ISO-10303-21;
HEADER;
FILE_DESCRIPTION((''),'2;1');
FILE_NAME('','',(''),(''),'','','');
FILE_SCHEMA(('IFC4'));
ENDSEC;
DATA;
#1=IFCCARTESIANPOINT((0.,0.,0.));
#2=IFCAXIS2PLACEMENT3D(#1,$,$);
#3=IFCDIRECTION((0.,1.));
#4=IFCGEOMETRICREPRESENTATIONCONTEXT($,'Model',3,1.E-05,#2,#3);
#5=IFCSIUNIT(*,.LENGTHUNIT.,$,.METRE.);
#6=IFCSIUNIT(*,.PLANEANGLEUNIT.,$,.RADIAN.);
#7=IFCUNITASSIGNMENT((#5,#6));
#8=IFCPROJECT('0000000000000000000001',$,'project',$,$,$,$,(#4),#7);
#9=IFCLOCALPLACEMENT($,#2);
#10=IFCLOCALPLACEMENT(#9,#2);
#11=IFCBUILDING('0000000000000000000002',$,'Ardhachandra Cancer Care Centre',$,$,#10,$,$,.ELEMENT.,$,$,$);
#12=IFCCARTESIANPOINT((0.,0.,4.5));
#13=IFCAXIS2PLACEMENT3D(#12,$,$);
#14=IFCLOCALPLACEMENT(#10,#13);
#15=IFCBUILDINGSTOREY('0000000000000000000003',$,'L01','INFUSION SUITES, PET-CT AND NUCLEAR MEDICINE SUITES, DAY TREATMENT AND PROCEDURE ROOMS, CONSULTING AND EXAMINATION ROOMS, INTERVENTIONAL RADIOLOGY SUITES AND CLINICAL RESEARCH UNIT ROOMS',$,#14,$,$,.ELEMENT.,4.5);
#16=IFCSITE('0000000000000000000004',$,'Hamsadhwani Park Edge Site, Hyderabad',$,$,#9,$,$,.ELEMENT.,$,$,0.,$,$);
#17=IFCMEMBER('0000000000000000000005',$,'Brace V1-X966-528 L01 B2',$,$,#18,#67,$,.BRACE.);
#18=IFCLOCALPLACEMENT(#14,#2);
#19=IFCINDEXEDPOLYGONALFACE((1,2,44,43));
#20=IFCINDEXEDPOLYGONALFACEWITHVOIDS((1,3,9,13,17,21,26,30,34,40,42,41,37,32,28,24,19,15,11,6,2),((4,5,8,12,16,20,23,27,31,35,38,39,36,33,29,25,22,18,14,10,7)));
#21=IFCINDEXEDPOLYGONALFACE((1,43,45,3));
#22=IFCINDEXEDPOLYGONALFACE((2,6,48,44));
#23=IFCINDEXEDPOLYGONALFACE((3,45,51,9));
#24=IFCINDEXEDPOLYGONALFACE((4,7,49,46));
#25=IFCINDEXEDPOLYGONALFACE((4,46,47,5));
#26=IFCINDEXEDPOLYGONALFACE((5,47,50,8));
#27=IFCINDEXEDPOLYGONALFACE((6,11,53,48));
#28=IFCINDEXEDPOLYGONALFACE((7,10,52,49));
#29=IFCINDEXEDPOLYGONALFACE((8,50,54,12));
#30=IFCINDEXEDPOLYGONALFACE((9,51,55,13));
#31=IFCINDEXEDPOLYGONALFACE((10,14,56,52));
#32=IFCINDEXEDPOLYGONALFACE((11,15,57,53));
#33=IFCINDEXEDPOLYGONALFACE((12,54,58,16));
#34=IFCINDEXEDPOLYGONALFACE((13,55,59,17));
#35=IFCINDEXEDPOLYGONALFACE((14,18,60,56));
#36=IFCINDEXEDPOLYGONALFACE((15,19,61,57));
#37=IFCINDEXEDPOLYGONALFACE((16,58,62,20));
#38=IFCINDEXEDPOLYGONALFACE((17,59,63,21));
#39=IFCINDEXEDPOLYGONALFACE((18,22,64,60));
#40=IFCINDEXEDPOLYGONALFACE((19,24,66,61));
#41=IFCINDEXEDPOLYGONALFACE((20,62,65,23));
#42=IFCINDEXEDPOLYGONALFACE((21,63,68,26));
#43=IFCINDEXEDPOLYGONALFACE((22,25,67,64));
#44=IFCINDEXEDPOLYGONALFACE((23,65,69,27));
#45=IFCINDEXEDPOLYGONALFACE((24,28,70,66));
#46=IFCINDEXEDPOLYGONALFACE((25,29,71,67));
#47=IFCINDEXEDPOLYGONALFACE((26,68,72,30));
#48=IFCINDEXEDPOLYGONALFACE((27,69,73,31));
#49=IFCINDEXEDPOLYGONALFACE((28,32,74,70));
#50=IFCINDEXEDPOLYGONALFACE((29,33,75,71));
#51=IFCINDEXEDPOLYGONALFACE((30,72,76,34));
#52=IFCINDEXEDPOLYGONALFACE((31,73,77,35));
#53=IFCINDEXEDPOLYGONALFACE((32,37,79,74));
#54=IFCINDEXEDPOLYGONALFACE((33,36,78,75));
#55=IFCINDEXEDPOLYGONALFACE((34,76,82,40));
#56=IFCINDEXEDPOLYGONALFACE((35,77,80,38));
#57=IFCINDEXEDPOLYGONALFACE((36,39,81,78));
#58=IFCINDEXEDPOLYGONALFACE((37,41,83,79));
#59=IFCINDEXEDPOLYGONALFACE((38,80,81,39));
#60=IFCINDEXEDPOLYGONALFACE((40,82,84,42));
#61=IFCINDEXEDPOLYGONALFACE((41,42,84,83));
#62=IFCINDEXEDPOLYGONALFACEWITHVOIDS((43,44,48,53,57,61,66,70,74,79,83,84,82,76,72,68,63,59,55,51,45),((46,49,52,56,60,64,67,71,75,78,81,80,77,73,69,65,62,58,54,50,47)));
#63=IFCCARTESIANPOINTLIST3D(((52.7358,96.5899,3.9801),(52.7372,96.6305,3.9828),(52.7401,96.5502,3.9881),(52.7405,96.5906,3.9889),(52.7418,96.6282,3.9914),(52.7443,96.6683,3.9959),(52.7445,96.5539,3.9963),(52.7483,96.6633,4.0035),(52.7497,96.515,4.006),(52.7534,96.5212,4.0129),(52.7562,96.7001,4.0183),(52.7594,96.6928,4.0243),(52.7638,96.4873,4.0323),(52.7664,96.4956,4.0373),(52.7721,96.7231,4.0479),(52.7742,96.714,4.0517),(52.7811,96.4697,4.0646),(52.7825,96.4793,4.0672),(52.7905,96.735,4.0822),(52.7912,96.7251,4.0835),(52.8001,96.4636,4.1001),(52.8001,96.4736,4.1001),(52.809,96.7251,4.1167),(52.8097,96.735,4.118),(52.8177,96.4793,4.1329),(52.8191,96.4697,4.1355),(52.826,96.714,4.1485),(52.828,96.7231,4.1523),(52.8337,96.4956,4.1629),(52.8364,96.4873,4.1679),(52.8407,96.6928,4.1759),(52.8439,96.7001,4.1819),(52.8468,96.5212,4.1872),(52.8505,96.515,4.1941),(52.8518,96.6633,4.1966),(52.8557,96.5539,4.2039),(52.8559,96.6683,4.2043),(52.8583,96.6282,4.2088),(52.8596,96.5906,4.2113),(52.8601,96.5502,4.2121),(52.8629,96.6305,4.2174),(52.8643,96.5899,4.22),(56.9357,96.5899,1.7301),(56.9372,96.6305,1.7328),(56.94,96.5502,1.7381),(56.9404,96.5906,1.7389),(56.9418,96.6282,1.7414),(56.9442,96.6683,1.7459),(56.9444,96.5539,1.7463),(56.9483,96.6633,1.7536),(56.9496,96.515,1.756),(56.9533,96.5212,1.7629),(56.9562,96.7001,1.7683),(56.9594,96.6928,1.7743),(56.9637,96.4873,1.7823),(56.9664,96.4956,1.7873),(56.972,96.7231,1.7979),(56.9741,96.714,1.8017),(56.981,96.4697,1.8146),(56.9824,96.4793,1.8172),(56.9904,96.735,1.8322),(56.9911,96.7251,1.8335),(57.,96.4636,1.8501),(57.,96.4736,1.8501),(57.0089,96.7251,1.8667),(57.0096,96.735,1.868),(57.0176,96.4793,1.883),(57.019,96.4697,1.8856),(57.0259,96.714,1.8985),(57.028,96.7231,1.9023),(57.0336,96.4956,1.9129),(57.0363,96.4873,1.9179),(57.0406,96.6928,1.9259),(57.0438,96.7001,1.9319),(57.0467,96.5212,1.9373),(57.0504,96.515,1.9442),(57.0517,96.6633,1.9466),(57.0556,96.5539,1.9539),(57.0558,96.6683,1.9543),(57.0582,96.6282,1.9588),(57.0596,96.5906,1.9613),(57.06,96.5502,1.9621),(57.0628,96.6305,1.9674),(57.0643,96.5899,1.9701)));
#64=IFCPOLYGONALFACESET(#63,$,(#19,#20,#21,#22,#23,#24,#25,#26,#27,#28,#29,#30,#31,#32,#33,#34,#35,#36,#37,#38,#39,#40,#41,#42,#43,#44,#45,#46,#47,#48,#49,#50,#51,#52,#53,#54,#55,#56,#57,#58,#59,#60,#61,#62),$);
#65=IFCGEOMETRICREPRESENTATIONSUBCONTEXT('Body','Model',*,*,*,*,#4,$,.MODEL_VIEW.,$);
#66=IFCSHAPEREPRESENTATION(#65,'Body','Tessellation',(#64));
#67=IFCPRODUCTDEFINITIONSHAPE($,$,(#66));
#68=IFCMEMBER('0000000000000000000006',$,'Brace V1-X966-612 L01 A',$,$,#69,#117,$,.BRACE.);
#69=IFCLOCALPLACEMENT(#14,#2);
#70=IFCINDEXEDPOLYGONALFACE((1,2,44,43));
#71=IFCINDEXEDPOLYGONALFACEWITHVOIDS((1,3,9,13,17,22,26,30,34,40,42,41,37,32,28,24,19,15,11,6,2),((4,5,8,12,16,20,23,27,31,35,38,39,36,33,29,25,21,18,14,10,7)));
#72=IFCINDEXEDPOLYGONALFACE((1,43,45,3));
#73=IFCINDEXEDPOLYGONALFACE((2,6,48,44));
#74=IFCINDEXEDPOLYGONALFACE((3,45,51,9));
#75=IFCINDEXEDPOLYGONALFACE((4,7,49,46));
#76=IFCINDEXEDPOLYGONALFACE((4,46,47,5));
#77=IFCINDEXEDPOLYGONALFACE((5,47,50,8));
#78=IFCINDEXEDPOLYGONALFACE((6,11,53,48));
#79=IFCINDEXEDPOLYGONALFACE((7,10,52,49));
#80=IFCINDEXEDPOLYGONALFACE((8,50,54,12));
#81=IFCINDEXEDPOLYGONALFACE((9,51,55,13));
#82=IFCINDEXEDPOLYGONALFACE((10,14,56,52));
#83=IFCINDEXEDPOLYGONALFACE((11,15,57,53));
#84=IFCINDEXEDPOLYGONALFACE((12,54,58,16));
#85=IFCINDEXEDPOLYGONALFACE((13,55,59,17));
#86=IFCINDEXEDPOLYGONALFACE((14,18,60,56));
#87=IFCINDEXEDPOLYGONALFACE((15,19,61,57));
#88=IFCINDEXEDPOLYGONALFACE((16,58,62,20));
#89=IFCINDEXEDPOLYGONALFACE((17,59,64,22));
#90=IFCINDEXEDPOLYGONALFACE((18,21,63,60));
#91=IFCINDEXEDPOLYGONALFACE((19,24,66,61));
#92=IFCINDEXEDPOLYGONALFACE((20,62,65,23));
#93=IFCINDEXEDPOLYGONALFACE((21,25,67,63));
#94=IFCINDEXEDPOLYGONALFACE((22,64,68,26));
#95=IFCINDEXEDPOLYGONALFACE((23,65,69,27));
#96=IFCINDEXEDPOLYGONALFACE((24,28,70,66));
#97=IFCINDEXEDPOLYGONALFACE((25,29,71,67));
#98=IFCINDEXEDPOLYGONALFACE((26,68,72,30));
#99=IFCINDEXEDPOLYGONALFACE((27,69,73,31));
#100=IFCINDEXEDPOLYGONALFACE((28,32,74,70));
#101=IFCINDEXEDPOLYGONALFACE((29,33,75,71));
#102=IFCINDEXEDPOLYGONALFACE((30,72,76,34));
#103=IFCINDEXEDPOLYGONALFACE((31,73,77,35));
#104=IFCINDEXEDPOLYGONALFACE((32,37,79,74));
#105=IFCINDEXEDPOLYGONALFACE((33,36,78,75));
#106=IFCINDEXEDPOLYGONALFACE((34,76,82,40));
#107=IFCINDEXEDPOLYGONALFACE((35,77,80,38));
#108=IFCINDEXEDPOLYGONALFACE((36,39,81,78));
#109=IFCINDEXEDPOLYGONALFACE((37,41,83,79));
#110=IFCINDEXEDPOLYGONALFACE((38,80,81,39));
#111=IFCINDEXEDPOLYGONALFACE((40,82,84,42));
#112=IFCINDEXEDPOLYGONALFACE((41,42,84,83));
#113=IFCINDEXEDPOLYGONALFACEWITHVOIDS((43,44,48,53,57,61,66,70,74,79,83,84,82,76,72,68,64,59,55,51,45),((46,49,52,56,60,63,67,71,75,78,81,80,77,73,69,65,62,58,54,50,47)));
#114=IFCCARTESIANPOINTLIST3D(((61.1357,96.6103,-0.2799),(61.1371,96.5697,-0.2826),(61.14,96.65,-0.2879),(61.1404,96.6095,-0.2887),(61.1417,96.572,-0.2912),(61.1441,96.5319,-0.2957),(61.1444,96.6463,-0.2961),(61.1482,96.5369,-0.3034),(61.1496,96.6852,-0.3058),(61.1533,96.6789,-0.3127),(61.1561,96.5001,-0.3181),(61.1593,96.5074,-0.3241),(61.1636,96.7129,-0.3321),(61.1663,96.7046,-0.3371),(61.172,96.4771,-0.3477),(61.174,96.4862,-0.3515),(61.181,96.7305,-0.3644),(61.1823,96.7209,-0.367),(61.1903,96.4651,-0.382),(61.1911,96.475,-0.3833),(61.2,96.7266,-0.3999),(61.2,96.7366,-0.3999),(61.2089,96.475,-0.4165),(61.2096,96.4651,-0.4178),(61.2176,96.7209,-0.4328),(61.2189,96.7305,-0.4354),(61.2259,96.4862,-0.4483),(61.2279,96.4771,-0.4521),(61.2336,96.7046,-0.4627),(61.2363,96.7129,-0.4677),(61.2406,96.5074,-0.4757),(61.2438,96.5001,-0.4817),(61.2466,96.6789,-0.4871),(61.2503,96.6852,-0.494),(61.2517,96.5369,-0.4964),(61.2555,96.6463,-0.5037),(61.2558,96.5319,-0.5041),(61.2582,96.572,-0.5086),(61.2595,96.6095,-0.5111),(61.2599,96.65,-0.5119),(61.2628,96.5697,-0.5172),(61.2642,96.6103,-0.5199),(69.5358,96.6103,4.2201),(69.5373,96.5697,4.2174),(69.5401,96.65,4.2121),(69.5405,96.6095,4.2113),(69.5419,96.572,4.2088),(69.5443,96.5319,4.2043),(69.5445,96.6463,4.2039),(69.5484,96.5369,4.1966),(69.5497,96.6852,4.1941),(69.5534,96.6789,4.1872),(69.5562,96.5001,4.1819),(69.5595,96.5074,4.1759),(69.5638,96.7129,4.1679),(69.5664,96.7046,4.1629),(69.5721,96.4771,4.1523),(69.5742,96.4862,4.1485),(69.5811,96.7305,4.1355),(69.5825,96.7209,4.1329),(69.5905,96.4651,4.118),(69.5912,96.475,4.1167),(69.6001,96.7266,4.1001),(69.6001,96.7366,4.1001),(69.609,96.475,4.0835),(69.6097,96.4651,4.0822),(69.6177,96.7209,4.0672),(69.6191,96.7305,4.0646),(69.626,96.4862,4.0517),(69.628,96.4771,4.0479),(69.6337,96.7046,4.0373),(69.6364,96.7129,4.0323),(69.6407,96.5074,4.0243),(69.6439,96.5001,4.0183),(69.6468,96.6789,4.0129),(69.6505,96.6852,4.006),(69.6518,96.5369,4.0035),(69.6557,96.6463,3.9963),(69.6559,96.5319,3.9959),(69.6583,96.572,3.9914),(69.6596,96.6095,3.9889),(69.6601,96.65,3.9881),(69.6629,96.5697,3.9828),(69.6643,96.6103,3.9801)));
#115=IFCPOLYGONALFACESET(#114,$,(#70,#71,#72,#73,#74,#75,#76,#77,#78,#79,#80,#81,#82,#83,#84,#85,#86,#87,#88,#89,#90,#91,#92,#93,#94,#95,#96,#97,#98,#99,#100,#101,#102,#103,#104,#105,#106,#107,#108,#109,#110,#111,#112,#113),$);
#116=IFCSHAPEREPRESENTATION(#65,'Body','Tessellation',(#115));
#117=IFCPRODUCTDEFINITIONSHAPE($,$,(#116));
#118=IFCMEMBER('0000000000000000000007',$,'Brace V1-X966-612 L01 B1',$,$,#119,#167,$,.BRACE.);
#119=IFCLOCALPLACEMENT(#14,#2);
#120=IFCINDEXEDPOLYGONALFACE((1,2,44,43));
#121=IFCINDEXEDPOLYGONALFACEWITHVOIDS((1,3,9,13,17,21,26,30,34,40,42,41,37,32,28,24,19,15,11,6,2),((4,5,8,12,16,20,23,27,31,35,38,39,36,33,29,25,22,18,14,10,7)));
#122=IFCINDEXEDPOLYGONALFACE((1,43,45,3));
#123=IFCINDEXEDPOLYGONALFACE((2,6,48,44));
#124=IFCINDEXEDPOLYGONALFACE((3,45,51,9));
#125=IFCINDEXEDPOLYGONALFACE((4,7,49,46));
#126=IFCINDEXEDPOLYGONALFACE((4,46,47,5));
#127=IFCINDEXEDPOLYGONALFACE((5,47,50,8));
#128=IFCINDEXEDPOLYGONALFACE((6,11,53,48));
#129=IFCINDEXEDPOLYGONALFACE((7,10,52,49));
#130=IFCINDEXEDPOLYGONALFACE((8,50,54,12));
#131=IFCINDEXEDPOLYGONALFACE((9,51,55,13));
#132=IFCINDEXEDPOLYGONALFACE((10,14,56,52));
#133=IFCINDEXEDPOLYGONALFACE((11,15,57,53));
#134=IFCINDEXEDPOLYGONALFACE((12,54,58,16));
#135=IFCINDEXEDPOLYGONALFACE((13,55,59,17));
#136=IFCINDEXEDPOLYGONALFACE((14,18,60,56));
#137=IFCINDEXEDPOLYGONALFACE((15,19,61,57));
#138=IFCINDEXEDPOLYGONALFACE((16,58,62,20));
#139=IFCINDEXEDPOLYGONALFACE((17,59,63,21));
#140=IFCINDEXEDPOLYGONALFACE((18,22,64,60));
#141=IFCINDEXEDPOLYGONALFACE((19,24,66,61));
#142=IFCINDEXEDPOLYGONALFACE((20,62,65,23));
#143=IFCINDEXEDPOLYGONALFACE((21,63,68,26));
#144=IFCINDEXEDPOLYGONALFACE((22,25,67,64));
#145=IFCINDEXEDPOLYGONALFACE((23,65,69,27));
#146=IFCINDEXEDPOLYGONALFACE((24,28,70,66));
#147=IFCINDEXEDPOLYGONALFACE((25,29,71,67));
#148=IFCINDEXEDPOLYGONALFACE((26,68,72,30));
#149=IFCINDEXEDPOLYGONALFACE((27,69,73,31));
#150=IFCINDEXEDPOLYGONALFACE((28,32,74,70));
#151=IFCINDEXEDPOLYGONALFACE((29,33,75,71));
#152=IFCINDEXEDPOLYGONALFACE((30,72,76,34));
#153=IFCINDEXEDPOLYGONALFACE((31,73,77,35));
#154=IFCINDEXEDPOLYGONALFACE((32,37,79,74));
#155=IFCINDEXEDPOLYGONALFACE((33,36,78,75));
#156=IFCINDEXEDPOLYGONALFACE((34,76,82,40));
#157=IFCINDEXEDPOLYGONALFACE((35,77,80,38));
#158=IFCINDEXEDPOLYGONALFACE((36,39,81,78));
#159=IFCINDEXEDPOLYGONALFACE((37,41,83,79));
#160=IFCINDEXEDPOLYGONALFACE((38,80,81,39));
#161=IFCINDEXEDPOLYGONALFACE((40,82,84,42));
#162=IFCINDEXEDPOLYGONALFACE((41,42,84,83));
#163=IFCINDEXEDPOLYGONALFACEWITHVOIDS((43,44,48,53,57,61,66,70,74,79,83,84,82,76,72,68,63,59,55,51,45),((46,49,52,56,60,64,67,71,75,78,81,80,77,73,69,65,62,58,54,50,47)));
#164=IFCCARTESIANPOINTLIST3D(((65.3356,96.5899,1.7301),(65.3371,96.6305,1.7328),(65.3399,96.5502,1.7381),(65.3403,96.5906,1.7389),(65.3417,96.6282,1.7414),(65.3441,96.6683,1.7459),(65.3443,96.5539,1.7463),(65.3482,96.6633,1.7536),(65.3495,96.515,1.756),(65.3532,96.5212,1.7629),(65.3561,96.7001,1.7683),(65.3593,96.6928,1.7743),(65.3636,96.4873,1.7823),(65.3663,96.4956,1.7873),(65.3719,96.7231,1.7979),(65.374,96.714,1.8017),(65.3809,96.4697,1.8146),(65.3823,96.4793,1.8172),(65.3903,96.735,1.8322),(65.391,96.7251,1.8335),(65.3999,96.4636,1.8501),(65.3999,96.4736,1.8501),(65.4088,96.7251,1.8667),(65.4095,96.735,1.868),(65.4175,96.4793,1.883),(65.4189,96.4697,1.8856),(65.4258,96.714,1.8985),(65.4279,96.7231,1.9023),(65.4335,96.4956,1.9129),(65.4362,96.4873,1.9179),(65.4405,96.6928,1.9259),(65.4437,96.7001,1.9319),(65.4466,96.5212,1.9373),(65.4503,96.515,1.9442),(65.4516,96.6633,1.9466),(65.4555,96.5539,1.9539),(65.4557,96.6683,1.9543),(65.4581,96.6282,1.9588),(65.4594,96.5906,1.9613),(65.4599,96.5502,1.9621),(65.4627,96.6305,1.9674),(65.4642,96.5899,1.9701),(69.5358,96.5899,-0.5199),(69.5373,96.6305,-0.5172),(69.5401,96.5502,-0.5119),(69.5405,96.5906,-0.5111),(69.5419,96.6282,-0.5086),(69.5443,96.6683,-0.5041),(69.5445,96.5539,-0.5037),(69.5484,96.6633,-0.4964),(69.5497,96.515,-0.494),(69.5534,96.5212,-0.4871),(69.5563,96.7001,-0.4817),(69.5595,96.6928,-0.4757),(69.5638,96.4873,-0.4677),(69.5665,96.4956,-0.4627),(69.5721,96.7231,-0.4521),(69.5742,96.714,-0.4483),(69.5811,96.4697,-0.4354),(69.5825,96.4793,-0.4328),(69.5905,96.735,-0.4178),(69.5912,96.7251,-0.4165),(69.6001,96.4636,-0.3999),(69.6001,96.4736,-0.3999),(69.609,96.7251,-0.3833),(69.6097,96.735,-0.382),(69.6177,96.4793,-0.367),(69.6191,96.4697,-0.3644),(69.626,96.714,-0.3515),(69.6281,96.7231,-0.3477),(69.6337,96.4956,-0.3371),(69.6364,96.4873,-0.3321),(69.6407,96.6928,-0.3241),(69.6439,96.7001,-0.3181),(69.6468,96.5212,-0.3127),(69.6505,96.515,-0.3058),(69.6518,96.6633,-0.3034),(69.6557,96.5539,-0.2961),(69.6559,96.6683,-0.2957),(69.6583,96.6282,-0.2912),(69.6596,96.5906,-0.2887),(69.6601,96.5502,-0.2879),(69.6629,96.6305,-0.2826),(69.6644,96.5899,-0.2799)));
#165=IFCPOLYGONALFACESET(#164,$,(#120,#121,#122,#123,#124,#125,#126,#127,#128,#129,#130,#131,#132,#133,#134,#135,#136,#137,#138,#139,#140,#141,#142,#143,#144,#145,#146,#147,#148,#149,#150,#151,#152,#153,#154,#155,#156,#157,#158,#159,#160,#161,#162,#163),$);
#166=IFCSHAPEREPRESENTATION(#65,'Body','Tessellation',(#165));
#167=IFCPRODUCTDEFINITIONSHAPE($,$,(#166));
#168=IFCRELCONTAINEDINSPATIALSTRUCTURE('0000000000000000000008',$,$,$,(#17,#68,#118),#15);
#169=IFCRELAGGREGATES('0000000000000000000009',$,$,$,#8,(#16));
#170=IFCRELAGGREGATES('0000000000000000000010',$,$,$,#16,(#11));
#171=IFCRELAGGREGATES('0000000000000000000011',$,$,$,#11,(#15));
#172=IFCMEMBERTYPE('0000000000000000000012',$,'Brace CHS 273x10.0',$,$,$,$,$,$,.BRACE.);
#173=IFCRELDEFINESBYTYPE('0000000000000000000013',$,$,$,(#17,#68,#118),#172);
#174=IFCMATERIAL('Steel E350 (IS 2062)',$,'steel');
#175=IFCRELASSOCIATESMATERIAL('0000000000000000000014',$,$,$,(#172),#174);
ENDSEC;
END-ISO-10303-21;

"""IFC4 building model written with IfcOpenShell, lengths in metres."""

from ifc_helpers import new_model, si_unit, direction, frame, origin, origin_2d, place, context, subcontext, project, spatial, hollow_circle, extrude, material, material_profile, profile_set, type_object, element, save


model = new_model("IFC4")

# Units and contexts
model_context = context("Model", 3, precision=1e-05, world=origin(), true_north=direction((0.0, 1.0)))
body_context = subcontext(model_context, "Body", "Model", "MODEL_VIEW")
ifc_project = project(units=[si_unit("LENGTHUNIT", "METRE"), si_unit("PLANEANGLEUNIT", "RADIAN")], contexts=[model_context])

# Site, building, storey
site_placement = place(None, origin())
site = spatial("IfcSite", under=ifc_project, at=site_placement, Name="Hamsadhwani Park Edge Site, Hyderabad", CompositionType="ELEMENT", RefElevation=0.0)
building_placement = place(site_placement, origin())
building = spatial("IfcBuilding", under=site, at=building_placement, Name="Ardhachandra Cancer Care Centre", CompositionType="ELEMENT")
storey_placement = place(building_placement, frame((0.0, 0.0, 4.5)))
storey = spatial("IfcBuildingStorey", under=building, at=storey_placement, Name="L01", Description="INFUSION SUITES, PET-CT AND NUCLEAR MEDICINE SUITES, DAY TREATMENT AND PROCEDURE ROOMS, CONSULTING AND EXAMINATION ROOMS, INTERVENTIONAL RADIOLOGY SUITES AND CLINICAL RESEARCH UNIT ROOMS", CompositionType="ELEMENT", Elevation=4.5)

# Members
ifc_material_1 = material(Name="Steel E350 (IS 2062)", Category="steel")
ifc_material_profile_1 = material_profile(ifc_material_1, hollow_circle(Radius=0.1365, WallThickness=0.01, at=origin_2d()), Name="CHS 273x10.0")
ifc_profile_set_1 = profile_set([ifc_material_profile_1], Name="Steel E350 (IS 2062)")
member_type_1 = type_object("IfcMemberType", Name="Brace CHS 273x10.0", PredefinedType="BRACE", material=ifc_profile_set_1)
for number, where, z_axis, x_axis, name in (
    (1, (57.0, 96.6001, 1.8501), (-0.881478, 0.0, 0.472226), (0.0, -1.0, 0.0), "Brace V1-X966-528 L01 B2"),
):
    element("IfcMember", number, at=place(storey_placement, frame(where, z_axis=z_axis, x_axis=x_axis)), inside=storey, type_object=member_type_1, Name=name, PredefinedType="BRACE", context=body_context, shape_type="SweptSolid", body=[
        extrude(hollow_circle(Radius=0.1365, WallThickness=0.01, at=origin_2d()), origin(), (0.0, 0.0, 1.0), 4.7646),
    ])
member_1_placement = place(storey_placement, frame((61.2, 96.6001, -0.3999), z_axis=(0.881483, 0.0, 0.472215), x_axis=(0.0, 1.0, 0.0)))
element("IfcMember", 2, at=member_1_placement, inside=storey, type_object=member_type_1, Name="Brace V1-X966-612 L01 A", PredefinedType="BRACE", context=body_context, shape_type="SweptSolid", body=[
    extrude(hollow_circle(Radius=0.1365, WallThickness=0.01, at=origin_2d()), origin(), (0.0, 0.0, 1.0), 9.5295),
])
member_2_placement = place(storey_placement, frame((69.6001, 96.6001, -0.3999), z_axis=(-0.881489, 0.0, 0.472204), x_axis=(0.0, -1.0, 0.0)))
element("IfcMember", 3, at=member_2_placement, inside=storey, type_object=member_type_1, Name="Brace V1-X966-612 L01 B1", PredefinedType="BRACE", context=body_context, shape_type="SweptSolid", body=[
    extrude(hollow_circle(Radius=0.1365, WallThickness=0.01, at=origin_2d()), origin(), (0.0, 0.0, 1.0), 4.7649),
])

save(model, "model.ifc")
